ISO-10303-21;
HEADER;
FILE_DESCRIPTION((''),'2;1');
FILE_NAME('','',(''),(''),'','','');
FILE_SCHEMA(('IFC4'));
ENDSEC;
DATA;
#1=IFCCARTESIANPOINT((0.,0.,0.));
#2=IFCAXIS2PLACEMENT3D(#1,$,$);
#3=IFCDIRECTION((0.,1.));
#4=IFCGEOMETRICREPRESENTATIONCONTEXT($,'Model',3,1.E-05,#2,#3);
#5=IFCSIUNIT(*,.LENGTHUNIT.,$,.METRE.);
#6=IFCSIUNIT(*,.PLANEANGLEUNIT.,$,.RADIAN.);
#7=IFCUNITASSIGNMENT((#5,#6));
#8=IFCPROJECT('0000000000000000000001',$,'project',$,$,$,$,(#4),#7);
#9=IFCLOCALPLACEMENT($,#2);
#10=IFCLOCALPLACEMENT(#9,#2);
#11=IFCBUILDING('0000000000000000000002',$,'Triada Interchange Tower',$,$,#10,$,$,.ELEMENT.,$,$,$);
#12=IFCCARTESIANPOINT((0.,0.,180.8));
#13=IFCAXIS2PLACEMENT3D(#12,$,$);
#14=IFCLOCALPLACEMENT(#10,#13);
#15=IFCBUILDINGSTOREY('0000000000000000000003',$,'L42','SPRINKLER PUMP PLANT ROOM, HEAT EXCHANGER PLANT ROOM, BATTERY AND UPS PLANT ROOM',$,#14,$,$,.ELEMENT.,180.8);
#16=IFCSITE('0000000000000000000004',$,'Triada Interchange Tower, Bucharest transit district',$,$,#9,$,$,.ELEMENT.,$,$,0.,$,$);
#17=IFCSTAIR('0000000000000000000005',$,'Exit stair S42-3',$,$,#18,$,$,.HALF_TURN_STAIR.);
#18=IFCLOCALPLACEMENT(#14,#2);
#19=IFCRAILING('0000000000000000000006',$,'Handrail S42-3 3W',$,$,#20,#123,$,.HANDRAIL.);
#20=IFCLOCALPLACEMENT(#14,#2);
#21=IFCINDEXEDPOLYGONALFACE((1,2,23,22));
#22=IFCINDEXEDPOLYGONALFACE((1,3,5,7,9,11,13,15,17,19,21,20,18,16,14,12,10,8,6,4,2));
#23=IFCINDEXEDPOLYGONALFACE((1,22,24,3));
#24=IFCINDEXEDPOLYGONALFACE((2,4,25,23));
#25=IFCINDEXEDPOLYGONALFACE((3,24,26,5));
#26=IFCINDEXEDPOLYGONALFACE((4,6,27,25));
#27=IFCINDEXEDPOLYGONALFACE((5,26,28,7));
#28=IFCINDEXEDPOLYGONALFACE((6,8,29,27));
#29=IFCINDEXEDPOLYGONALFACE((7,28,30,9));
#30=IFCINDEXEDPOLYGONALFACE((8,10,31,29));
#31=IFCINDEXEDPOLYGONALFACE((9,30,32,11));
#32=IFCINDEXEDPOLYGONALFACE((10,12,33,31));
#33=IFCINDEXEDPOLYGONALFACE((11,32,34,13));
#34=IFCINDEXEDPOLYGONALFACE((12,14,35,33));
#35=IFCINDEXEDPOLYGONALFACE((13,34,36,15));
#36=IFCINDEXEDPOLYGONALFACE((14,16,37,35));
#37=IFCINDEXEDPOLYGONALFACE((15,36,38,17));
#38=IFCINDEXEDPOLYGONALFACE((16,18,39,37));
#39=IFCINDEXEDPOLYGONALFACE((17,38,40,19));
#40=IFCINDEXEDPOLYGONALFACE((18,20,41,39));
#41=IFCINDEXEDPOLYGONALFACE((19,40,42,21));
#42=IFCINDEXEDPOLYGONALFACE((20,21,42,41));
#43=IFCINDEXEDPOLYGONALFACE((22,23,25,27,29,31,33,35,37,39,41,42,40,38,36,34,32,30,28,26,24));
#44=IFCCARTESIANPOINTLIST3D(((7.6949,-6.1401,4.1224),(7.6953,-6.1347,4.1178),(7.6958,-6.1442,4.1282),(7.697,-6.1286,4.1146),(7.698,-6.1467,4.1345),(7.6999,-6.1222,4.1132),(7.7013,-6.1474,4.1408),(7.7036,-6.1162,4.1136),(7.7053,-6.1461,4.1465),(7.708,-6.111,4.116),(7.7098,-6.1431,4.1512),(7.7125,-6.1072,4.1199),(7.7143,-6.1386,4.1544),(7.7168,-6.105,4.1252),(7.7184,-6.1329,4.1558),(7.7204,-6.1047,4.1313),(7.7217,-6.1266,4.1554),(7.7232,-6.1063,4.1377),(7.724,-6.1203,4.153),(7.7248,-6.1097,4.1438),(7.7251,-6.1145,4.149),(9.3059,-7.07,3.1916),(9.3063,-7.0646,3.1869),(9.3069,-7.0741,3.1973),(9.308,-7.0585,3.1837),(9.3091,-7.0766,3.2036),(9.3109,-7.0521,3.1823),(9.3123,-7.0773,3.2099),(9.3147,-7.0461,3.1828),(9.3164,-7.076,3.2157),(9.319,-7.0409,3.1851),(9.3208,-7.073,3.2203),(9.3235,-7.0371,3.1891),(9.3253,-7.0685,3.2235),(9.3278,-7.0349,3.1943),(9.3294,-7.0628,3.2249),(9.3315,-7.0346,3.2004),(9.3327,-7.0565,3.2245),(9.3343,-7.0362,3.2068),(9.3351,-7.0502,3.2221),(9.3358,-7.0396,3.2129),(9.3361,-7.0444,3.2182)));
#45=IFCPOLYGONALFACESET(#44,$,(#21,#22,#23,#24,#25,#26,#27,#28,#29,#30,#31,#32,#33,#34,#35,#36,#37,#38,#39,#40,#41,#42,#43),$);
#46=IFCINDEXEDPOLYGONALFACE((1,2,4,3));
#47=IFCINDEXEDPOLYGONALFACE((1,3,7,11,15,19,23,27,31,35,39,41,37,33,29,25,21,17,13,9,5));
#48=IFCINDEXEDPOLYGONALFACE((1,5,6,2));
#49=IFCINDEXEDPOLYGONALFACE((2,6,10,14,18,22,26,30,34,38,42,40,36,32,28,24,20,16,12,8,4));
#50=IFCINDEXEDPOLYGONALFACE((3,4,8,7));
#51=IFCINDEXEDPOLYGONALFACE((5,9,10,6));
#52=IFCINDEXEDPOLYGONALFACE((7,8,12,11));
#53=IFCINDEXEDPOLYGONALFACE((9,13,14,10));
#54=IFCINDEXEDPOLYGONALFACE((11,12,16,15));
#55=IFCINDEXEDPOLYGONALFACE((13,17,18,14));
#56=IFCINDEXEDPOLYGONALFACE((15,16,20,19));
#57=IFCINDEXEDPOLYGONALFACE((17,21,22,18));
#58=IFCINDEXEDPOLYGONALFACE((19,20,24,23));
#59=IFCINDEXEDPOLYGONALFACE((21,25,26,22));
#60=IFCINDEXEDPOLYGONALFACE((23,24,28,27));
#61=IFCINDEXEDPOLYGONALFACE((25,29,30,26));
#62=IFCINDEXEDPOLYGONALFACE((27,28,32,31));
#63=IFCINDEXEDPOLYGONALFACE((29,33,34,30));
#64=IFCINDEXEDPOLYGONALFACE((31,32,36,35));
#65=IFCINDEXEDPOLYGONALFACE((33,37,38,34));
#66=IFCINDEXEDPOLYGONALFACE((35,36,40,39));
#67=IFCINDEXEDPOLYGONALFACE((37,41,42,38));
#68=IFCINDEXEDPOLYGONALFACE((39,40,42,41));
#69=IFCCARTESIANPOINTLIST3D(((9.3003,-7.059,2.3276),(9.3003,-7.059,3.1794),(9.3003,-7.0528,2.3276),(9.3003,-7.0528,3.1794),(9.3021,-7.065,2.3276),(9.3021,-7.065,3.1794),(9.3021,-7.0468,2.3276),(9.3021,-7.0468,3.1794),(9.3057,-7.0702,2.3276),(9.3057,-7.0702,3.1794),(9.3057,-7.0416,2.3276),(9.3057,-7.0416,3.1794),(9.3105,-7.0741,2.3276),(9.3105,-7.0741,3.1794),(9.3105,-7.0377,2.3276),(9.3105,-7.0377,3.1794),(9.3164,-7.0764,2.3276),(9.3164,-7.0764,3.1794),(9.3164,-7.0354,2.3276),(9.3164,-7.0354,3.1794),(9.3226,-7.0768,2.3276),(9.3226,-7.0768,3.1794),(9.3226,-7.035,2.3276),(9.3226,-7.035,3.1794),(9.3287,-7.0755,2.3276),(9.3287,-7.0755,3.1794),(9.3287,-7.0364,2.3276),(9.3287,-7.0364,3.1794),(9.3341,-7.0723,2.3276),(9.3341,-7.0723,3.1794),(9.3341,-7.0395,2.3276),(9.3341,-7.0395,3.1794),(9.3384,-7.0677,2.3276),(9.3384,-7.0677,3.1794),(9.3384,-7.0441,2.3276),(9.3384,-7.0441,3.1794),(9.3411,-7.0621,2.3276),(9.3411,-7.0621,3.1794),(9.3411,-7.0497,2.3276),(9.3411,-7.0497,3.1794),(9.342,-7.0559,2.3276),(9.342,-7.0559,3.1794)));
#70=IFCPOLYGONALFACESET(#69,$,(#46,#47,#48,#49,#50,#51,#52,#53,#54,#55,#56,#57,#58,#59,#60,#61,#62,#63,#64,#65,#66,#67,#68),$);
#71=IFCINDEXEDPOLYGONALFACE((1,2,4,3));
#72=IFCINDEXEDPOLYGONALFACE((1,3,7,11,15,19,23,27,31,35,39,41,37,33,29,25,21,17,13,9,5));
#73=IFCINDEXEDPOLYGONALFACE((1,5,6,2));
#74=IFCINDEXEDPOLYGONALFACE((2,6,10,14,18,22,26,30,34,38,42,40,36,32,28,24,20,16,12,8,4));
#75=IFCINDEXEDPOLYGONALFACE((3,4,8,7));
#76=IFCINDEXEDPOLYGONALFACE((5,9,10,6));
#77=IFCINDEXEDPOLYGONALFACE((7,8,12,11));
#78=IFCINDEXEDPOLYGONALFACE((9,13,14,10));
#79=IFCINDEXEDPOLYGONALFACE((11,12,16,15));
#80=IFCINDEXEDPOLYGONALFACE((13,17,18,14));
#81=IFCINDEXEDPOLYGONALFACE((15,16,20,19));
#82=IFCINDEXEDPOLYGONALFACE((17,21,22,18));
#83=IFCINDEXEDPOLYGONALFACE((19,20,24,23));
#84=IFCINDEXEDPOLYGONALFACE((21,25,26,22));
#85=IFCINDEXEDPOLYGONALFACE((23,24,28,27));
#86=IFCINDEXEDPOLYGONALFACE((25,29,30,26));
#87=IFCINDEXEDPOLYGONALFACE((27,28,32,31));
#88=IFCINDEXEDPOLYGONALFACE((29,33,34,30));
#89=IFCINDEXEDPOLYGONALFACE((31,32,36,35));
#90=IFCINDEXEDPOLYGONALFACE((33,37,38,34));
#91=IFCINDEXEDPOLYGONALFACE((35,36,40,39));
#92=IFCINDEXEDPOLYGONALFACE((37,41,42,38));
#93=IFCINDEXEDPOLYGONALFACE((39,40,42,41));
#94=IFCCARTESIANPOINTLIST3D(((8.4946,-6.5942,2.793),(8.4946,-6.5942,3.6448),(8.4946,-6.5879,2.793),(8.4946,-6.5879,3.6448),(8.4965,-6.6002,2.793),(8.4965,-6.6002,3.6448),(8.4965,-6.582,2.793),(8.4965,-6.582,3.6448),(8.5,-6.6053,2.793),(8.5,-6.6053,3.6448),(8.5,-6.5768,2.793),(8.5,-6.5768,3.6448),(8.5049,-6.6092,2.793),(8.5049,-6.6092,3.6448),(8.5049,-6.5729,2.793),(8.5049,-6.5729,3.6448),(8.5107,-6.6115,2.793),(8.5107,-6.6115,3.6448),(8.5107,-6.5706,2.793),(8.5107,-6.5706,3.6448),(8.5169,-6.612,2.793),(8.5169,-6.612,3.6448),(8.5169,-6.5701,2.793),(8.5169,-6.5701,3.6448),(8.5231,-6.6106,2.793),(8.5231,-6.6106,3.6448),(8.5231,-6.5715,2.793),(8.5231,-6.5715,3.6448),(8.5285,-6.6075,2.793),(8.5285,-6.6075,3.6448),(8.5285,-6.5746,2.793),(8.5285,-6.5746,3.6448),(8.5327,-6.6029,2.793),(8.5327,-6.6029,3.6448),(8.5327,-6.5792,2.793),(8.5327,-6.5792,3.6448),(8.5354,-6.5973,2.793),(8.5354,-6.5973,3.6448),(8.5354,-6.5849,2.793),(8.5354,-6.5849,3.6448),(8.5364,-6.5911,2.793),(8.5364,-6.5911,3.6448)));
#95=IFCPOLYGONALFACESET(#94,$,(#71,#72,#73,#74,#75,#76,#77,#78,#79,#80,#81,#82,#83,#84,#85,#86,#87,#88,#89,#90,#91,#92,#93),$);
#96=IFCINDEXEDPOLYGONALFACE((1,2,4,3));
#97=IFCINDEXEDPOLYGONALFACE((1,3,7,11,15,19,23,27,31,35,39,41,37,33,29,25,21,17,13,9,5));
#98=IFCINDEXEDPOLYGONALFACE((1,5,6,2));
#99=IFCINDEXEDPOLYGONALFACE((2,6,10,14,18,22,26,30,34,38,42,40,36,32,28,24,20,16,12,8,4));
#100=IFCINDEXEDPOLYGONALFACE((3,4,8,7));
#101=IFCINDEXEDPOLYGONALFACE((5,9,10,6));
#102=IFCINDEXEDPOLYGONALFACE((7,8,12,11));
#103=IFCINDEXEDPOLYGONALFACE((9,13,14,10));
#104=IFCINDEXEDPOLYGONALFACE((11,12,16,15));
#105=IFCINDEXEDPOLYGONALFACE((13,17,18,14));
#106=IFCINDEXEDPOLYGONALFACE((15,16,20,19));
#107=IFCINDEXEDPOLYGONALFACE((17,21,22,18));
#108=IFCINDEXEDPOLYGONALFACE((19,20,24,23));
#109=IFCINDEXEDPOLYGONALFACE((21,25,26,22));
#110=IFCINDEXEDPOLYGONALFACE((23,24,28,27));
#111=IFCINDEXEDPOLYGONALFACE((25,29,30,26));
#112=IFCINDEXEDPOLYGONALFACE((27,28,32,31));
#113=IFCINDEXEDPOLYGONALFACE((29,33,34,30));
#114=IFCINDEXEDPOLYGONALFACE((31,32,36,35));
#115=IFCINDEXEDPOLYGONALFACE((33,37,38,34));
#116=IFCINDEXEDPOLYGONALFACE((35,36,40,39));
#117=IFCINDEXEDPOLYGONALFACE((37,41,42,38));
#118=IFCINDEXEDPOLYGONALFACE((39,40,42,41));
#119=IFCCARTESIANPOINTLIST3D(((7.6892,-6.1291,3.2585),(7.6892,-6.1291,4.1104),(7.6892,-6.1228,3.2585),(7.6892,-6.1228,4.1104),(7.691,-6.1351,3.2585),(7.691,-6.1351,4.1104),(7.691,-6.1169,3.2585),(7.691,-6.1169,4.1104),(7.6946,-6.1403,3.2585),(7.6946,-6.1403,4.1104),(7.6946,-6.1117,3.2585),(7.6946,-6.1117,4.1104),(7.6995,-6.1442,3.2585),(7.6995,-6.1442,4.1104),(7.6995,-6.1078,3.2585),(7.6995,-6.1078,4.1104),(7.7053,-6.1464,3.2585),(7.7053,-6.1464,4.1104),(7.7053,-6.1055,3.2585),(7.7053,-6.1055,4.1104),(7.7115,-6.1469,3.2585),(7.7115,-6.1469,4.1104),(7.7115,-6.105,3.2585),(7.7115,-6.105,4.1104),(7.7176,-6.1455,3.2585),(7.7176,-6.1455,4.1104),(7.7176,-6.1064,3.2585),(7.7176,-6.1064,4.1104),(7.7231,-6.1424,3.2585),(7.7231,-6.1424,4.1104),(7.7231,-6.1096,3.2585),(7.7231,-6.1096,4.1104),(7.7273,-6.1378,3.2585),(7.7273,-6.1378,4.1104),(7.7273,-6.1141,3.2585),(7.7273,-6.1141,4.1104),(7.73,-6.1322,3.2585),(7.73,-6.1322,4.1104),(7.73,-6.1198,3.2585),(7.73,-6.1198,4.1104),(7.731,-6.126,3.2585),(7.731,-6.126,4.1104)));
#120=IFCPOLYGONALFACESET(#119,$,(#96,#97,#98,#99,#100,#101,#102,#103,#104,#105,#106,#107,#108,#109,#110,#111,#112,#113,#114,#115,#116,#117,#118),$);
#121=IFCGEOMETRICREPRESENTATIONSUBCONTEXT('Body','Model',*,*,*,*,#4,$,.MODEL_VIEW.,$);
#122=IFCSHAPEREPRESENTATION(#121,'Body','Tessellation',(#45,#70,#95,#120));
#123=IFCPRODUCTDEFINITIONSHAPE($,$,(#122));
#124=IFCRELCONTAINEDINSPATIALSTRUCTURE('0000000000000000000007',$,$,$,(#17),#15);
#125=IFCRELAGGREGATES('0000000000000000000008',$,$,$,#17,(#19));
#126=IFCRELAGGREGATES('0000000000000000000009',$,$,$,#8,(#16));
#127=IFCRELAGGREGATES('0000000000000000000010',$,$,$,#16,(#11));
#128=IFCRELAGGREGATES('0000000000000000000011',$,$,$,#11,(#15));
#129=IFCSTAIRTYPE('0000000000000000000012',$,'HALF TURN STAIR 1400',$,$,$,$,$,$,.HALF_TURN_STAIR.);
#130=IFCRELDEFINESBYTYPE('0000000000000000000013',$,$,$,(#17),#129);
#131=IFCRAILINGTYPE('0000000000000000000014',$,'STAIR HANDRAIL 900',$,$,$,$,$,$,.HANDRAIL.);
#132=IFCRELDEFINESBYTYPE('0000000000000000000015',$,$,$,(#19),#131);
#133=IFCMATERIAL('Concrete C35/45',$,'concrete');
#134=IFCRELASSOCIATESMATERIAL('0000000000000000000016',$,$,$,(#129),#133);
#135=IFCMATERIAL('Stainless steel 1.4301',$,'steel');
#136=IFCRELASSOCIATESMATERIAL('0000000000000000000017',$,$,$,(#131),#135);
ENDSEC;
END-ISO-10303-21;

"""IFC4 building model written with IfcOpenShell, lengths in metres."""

from ifc_helpers import new_model, si_unit, direction, frame, origin, origin_2d, place, context, subcontext, project, spatial, circle, extrude, material, type_object, element, aggregate, save


model = new_model("IFC4")

# Units and contexts
model_context = context("Model", 3, precision=1e-05, world=origin(), true_north=direction((0.0, 1.0)))
body_context = subcontext(model_context, "Body", "Model", "MODEL_VIEW")
ifc_project = project(units=[si_unit("LENGTHUNIT", "METRE"), si_unit("PLANEANGLEUNIT", "RADIAN")], contexts=[model_context])

# Site, building, storey
site_placement = place(None, origin())
site = spatial("IfcSite", under=ifc_project, at=site_placement, Name="Triada Interchange Tower, Bucharest transit district", CompositionType="ELEMENT", RefElevation=0.0)
building_placement = place(site_placement, origin())
building = spatial("IfcBuilding", under=site, at=building_placement, Name="Triada Interchange Tower", CompositionType="ELEMENT")
storey_placement = place(building_placement, frame((0.0, 0.0, 180.8)))
storey = spatial("IfcBuildingStorey", under=building, at=storey_placement, Name="L42", Description="SPRINKLER PUMP PLANT ROOM, HEAT EXCHANGER PLANT ROOM, BATTERY AND UPS PLANT ROOM", CompositionType="ELEMENT", Elevation=180.8)

# Shared definitions
ifc_material_1 = material(Name="Concrete C35/45", Category="concrete")

# Stair, railing
stair_type = type_object("IfcStairType", Name="HALF TURN STAIR 1400", PredefinedType="HALF_TURN_STAIR", material=ifc_material_1)
stair_placement = place(storey_placement, origin())
stair = element("IfcStair", 1, at=stair_placement, inside=storey, type_object=stair_type, Name="Exit stair S42-3", PredefinedType="HALF_TURN_STAIR")
ifc_material_2 = material(Name="Stainless steel 1.4301", Category="steel")
railing_type_1 = type_object("IfcRailingType", Name="STAIR HANDRAIL 900", PredefinedType="HANDRAIL", material=ifc_material_2)
railing_1_placement = place(storey_placement, frame((9.321, -7.0559, 2.3276)))
railing_1 = element("IfcRailing", 2, at=railing_1_placement, type_object=railing_type_1, Name="Handrail S42-3 3W", PredefinedType="HANDRAIL", context=body_context, shape_type="SweptSolid", body=[
    extrude(circle(Radius=0.0239, at=origin_2d()), frame((0.0, 0.0, 0.876), z_axis=(-0.77451, 0.447054, 0.447523), x_axis=(-0.499908, -0.866079, 0.0)), (0.0, 0.0, 1.0), 2.0801),
    extrude(circle(Radius=0.021, at=origin_2d()), origin(), (0.0, 0.0, 1.0), 0.8518),
    extrude(circle(Radius=0.021, at=origin_2d()), frame((-0.8057, 0.4648, 0.4653)), (0.0, 0.0, 1.0), 0.8518),
    extrude(circle(Radius=0.021, at=origin_2d()), frame((-1.6111, 0.9299, 0.9309)), (0.0, 0.0, 1.0), 0.8518),
])
aggregate(stair, [railing_1])

save(model, "model.ifc")
